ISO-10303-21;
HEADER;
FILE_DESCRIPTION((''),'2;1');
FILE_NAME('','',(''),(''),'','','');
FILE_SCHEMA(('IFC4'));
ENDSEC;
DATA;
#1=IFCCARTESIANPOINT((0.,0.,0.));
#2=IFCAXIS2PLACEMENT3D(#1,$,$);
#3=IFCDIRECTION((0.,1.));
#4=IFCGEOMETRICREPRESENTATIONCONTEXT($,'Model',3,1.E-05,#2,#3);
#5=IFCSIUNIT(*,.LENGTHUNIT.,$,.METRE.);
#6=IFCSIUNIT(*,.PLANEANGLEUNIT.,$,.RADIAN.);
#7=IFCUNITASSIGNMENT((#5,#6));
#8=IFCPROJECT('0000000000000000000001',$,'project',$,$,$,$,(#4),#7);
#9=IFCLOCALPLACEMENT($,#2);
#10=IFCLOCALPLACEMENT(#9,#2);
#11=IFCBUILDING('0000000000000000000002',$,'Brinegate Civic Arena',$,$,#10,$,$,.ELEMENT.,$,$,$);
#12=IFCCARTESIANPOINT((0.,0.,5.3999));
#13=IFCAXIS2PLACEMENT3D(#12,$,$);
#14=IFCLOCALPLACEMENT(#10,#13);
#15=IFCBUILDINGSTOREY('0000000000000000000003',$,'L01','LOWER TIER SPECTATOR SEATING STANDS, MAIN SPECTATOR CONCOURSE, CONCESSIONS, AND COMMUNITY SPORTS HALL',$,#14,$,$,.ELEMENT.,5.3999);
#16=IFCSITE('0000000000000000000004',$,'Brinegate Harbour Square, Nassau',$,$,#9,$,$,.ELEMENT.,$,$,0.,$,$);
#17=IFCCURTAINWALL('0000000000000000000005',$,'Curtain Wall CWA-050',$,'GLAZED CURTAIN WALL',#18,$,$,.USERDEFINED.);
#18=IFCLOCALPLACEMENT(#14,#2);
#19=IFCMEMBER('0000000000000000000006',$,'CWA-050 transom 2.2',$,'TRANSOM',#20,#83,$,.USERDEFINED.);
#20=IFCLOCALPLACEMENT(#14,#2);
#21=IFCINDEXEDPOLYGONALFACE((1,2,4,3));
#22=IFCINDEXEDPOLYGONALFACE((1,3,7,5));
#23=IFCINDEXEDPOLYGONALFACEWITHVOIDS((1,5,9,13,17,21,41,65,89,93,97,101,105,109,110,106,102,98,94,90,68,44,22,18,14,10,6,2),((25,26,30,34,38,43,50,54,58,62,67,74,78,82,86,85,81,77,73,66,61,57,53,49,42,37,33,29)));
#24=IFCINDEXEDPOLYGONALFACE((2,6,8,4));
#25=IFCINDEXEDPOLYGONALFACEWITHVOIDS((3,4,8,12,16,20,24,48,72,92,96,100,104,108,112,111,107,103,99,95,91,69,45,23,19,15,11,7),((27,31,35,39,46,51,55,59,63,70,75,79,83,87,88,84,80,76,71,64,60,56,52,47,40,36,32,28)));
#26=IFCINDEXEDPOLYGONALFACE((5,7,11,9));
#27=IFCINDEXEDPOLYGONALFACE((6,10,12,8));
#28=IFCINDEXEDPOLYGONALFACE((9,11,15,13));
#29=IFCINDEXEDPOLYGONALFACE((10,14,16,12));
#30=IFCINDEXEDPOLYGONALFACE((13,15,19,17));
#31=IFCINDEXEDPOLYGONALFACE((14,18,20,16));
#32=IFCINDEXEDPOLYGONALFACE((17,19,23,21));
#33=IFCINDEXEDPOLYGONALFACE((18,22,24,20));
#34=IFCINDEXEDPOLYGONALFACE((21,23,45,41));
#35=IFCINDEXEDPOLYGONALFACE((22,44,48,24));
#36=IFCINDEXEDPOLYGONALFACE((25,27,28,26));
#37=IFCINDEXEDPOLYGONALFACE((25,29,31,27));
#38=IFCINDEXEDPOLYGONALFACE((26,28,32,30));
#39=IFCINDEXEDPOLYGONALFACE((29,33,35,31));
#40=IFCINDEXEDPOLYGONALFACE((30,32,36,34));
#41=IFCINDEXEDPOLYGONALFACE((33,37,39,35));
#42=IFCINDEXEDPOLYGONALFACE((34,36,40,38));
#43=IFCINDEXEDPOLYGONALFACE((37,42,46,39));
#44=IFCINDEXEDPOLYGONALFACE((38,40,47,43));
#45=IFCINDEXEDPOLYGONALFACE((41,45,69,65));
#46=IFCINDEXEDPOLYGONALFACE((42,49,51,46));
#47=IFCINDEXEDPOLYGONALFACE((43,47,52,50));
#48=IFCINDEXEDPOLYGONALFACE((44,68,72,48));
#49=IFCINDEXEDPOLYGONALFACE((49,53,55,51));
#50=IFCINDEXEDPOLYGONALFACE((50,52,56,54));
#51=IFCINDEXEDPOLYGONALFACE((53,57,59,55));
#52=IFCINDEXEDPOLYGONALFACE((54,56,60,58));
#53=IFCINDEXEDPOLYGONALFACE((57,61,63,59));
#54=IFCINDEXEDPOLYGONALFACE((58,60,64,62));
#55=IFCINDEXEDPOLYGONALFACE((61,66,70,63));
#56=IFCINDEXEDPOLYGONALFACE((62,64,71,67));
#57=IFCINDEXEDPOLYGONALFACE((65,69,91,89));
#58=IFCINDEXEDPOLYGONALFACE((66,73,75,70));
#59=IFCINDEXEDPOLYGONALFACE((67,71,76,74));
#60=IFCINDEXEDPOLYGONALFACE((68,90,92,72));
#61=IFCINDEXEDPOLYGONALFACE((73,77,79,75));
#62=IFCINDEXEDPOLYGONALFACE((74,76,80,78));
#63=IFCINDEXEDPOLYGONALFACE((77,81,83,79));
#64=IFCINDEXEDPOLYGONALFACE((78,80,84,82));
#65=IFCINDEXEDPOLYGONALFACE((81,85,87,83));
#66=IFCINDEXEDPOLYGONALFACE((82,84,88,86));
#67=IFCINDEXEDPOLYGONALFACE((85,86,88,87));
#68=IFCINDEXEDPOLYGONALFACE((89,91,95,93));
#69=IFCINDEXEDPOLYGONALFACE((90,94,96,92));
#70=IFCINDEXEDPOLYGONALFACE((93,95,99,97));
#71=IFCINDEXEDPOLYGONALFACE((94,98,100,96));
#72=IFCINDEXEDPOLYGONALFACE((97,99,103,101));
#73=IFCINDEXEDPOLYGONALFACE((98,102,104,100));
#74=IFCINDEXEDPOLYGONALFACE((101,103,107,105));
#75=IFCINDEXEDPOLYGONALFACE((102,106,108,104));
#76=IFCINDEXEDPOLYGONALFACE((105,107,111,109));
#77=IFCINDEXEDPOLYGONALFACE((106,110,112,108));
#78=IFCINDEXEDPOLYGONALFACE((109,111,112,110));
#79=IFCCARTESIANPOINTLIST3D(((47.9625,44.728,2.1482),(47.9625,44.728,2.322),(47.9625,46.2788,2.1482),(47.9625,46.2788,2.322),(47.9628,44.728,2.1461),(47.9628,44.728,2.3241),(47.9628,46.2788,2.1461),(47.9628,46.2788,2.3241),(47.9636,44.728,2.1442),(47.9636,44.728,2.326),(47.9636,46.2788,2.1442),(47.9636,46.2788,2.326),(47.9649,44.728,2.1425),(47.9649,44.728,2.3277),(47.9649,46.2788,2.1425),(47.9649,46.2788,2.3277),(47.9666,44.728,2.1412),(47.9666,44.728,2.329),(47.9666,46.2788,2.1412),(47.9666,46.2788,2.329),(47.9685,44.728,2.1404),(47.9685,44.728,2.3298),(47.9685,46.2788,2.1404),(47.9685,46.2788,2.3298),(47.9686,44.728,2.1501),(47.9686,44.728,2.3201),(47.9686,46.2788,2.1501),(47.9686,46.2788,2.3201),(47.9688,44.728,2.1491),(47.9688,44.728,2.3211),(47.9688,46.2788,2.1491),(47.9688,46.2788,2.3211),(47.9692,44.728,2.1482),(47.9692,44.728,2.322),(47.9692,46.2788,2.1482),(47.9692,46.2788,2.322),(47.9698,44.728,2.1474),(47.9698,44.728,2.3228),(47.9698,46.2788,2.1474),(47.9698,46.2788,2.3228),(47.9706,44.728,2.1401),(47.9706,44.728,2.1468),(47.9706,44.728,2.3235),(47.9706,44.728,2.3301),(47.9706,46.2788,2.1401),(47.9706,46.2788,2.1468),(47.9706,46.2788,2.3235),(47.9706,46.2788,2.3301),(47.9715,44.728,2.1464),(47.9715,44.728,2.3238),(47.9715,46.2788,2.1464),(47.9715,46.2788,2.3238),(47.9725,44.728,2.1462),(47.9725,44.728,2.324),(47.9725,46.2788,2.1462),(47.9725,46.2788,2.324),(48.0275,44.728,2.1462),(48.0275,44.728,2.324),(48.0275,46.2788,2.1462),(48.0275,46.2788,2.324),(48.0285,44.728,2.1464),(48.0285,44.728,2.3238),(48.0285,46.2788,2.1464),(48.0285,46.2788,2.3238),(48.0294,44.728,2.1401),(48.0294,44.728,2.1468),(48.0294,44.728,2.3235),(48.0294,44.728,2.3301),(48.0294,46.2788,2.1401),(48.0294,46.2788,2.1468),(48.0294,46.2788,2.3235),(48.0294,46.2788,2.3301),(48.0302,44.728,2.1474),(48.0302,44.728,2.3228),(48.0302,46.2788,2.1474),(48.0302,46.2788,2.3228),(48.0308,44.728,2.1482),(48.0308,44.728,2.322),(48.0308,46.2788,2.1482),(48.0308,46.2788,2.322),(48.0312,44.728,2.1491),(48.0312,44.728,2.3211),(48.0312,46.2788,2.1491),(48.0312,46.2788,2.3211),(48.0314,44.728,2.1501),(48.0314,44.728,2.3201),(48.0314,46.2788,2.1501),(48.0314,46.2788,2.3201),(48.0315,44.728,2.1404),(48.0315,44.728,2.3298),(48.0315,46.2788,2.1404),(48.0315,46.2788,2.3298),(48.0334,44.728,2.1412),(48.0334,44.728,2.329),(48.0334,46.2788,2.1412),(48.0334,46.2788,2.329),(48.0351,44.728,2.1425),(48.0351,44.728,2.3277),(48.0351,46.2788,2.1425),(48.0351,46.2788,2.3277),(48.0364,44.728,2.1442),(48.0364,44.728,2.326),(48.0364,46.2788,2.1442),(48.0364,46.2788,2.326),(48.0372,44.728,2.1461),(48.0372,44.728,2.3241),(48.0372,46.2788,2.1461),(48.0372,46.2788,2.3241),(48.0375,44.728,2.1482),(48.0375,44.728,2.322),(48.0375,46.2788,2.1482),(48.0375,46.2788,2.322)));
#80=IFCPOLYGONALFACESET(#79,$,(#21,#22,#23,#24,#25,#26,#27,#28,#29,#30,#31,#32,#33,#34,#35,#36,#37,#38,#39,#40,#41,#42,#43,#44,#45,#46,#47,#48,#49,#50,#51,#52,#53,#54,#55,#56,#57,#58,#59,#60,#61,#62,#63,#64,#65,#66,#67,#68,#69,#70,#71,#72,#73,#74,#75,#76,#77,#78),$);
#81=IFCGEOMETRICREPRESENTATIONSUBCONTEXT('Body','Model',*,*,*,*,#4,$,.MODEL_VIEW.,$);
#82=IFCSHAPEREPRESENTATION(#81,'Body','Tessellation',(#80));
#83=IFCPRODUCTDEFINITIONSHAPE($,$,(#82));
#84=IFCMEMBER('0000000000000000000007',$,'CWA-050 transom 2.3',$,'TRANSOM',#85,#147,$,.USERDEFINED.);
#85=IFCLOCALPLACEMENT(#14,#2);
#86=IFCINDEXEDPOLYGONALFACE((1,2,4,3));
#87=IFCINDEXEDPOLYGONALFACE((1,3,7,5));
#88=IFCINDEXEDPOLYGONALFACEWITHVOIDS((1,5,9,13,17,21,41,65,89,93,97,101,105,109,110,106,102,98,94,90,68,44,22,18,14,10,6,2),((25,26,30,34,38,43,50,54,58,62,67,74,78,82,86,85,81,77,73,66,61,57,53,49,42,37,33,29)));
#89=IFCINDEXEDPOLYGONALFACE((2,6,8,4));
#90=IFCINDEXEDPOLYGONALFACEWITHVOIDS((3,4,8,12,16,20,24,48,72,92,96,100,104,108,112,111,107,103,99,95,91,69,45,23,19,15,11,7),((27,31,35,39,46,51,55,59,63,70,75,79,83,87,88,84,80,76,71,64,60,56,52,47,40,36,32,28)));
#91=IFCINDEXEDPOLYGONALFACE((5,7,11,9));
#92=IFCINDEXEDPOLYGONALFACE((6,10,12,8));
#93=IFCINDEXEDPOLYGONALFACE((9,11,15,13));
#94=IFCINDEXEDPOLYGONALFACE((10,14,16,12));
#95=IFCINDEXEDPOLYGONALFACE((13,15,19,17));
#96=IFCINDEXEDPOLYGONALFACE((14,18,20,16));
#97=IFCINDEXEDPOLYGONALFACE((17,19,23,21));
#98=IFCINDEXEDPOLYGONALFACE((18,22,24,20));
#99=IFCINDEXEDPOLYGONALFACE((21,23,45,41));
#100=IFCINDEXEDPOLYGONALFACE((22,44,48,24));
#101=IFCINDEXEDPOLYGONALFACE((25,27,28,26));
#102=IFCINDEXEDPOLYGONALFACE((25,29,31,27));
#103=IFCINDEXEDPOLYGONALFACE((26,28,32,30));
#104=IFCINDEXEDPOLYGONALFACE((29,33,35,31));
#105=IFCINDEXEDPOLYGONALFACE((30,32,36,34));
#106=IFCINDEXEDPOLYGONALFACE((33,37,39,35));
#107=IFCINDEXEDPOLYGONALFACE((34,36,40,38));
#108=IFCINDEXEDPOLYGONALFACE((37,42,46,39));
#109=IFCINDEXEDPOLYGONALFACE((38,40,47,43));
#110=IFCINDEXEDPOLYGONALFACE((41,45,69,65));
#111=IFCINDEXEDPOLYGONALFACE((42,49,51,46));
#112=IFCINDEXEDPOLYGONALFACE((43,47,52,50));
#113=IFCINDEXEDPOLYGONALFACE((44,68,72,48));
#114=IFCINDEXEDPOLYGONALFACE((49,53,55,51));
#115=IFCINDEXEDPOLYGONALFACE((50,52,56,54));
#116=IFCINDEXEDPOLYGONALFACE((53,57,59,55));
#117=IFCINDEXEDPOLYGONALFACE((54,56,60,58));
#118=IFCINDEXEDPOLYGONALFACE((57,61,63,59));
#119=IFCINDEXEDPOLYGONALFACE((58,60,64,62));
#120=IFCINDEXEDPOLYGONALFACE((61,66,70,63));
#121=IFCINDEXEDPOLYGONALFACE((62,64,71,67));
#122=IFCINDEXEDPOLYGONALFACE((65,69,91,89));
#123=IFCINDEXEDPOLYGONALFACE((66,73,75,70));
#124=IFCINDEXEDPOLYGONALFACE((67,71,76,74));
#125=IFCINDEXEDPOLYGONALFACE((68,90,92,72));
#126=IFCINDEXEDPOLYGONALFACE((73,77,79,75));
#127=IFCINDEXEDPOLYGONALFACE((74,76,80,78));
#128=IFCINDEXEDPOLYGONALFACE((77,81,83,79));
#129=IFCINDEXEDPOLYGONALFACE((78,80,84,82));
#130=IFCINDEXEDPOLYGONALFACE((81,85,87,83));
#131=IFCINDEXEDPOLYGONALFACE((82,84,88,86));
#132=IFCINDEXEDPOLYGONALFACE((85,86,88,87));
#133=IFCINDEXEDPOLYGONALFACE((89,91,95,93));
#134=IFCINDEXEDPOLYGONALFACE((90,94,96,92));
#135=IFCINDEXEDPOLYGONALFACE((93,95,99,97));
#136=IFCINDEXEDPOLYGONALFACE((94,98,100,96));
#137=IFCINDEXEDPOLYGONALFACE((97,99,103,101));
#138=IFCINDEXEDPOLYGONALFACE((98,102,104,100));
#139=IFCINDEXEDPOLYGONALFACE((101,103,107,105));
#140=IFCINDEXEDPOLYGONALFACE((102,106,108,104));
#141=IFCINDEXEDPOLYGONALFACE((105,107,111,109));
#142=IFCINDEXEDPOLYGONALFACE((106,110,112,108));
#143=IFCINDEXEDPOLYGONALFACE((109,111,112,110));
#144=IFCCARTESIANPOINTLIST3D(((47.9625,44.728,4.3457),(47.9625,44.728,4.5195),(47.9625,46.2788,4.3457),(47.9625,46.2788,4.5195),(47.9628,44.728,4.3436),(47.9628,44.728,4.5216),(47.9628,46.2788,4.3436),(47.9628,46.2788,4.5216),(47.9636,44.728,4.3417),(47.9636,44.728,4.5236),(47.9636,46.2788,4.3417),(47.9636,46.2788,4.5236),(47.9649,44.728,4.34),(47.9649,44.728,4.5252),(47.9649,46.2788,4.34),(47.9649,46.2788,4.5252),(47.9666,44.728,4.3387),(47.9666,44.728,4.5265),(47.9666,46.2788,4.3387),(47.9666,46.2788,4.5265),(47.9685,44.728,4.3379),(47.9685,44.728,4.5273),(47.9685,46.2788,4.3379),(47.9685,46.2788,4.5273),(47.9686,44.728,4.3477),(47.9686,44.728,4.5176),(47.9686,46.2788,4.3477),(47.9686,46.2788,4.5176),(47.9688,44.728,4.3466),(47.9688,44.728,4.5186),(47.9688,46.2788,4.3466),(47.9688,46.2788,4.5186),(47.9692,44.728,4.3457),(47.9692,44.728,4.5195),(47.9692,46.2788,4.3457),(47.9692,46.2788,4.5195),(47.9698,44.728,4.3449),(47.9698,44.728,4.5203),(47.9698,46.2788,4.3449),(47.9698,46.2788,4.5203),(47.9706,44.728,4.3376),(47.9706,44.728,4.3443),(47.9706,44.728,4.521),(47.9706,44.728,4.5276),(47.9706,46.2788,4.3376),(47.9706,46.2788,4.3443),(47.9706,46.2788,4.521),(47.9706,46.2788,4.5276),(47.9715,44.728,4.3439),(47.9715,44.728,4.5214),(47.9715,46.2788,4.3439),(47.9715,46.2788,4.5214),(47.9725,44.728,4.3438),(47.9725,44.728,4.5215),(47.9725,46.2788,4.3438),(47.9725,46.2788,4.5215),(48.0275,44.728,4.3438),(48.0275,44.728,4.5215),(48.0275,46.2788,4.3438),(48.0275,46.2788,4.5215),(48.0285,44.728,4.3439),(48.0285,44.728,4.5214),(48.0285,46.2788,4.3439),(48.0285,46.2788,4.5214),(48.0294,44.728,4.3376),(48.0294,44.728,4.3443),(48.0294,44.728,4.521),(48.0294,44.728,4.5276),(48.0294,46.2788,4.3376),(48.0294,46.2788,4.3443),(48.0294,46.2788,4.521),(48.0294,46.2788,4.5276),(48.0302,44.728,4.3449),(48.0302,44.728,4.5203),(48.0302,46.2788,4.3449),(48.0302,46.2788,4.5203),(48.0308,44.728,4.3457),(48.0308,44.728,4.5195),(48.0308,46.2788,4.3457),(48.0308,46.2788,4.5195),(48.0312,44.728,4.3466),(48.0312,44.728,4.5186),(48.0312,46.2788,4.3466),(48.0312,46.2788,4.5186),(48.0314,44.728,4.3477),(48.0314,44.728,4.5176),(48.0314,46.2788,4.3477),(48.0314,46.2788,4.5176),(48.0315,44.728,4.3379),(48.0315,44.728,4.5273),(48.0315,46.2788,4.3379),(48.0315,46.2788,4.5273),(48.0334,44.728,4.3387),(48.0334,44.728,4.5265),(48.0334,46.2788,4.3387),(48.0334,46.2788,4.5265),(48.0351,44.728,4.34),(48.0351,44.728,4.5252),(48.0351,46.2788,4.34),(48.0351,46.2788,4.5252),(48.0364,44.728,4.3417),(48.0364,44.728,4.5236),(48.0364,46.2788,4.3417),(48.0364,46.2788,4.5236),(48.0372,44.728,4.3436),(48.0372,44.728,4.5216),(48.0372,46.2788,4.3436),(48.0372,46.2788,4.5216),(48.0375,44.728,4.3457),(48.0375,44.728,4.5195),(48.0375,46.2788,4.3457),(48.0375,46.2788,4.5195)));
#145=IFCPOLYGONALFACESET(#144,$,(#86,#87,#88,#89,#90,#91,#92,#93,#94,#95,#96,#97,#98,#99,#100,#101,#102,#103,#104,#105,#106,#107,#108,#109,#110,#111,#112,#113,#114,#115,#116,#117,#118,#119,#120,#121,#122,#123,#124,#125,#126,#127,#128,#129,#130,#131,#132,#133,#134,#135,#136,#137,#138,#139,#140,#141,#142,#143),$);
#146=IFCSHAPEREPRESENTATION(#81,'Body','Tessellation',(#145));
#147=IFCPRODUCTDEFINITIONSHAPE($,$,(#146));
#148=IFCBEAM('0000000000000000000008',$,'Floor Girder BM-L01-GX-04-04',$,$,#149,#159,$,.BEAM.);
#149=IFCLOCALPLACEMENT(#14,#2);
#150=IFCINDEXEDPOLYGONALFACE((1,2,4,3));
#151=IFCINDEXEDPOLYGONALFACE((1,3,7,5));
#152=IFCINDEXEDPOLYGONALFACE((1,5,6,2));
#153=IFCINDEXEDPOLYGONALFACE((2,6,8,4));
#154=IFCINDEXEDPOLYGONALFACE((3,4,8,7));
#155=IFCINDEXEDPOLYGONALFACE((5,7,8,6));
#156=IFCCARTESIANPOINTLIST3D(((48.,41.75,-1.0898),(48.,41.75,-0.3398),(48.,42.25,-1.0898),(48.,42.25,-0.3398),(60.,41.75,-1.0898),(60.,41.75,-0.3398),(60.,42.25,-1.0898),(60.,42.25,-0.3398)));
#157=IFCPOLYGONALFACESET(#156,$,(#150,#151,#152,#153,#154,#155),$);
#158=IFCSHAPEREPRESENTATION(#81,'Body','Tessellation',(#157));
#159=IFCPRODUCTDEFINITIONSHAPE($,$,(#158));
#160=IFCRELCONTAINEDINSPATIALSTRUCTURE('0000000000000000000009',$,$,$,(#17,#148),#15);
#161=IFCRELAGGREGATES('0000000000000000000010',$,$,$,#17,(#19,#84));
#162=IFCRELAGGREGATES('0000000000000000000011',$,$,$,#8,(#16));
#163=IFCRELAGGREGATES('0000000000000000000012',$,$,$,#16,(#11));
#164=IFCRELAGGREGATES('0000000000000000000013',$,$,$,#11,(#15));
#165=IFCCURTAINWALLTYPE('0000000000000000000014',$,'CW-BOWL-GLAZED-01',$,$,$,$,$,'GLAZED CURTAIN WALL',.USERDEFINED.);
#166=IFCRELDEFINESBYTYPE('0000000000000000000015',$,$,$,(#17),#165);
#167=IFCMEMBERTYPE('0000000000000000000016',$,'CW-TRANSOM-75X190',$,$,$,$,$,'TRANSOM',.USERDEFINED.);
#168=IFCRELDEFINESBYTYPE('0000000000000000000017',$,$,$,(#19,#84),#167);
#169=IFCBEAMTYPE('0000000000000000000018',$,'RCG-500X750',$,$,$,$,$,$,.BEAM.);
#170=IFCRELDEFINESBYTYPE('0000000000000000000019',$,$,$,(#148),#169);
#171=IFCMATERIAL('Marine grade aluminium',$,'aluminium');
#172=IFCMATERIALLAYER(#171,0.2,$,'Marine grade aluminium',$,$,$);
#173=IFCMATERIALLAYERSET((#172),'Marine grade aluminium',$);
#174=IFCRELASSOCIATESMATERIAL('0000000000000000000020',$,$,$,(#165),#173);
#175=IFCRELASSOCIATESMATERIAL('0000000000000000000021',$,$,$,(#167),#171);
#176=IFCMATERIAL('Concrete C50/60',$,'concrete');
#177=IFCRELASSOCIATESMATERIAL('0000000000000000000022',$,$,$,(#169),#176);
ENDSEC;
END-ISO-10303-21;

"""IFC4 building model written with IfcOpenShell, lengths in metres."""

from ifc_helpers import new_model, si_unit, direction, frame, origin, origin_2d, place, context, subcontext, project, spatial, rectangle, hollow_rectangle, extrude, material, layer, layer_set, material_profile, profile_set, type_object, element, aggregate, save


model = new_model("IFC4")

# Units and contexts
model_context = context("Model", 3, precision=1e-05, world=origin(), true_north=direction((0.0, 1.0)))
body_context = subcontext(model_context, "Body", "Model", "MODEL_VIEW")
ifc_project = project(units=[si_unit("LENGTHUNIT", "METRE"), si_unit("PLANEANGLEUNIT", "RADIAN")], contexts=[model_context])

# Site, building, storey
site_placement = place(None, origin())
site = spatial("IfcSite", under=ifc_project, at=site_placement, Name="Brinegate Harbour Square, Nassau", CompositionType="ELEMENT", RefElevation=0.0)
building_placement = place(site_placement, origin())
building = spatial("IfcBuilding", under=site, at=building_placement, Name="Brinegate Civic Arena", CompositionType="ELEMENT")
storey_placement = place(building_placement, frame((0.0, 0.0, 5.3999)))
storey = spatial("IfcBuildingStorey", under=building, at=storey_placement, Name="L01", Description="LOWER TIER SPECTATOR SEATING STANDS, MAIN SPECTATOR CONCOURSE, CONCESSIONS, AND COMMUNITY SPORTS HALL", CompositionType="ELEMENT", Elevation=5.3999)

# Shared definitions
ifc_material_1 = material(Name="Concrete C50/60", Category="concrete")

# Curtain wall
ifc_material_2 = material(Name="Marine grade aluminium", Category="aluminium")
ifc_layer_1 = layer(ifc_material_2, 0.2, Name="Marine grade aluminium")
ifc_layer_set_1 = layer_set([ifc_layer_1], Name="Marine grade aluminium")
curtain_wall_type = type_object("IfcCurtainWallType", Name="CW-BOWL-GLAZED-01", ElementType="GLAZED CURTAIN WALL", PredefinedType="USERDEFINED", material=ifc_layer_set_1)
curtain_wall_1_placement = place(storey_placement, origin())
curtain_wall_1 = element("IfcCurtainWall", 1, at=curtain_wall_1_placement, inside=storey, type_object=curtain_wall_type, Name="Curtain Wall CWA-050", ObjectType="GLAZED CURTAIN WALL", PredefinedType="USERDEFINED")

# Members
ifc_material_profile_1 = material_profile(ifc_material_2, hollow_rectangle(XDim=0.075, YDim=0.1899, WallThickness=0.0061, InnerFilletRadius=0.0039, OuterFilletRadius=0.0081, at=origin_2d()), Name="TRN75X190")
ifc_profile_set_1 = profile_set([ifc_material_profile_1], Name="Marine grade aluminium")
member_type_1 = type_object("IfcMemberType", Name="CW-TRANSOM-75X190", ElementType="TRANSOM", PredefinedType="USERDEFINED", material=ifc_profile_set_1)
member_1_placement = place(storey_placement, frame((48.0, 44.728, 2.2351), z_axis=(0.0, 1.0, 0.0), x_axis=(-1.0, 0.0, 0.0)))
member_1 = element("IfcMember", 2, at=member_1_placement, type_object=member_type_1, Name="CWA-050 transom 2.2", ObjectType="TRANSOM", PredefinedType="USERDEFINED", context=body_context, shape_type="SweptSolid", body=[
    extrude(hollow_rectangle(XDim=0.075, YDim=0.1899, WallThickness=0.0061, InnerFilletRadius=0.0039, OuterFilletRadius=0.0081, at=origin_2d()), origin(), (0.0, 0.0, 1.0), 1.5508),
])
member_2_placement = place(storey_placement, frame((48.0, 44.728, 4.4326), z_axis=(0.0, 1.0, 0.0), x_axis=(-1.0, 0.0, 0.0)))
member_2 = element("IfcMember", 3, at=member_2_placement, type_object=member_type_1, Name="CWA-050 transom 2.3", ObjectType="TRANSOM", PredefinedType="USERDEFINED", context=body_context, shape_type="SweptSolid", body=[
    extrude(hollow_rectangle(XDim=0.075, YDim=0.1899, WallThickness=0.0061, InnerFilletRadius=0.0039, OuterFilletRadius=0.0081, at=origin_2d()), origin(), (0.0, 0.0, 1.0), 1.5508),
])

# Beam
ifc_material_profile_2 = material_profile(ifc_material_1, rectangle(XDim=0.5, YDim=0.75, at=origin_2d()), Name="RCB500X750")
ifc_profile_set_2 = profile_set([ifc_material_profile_2], Name="Concrete C50/60")
beam_type_1 = type_object("IfcBeamType", Name="RCG-500X750", PredefinedType="BEAM", material=ifc_profile_set_2)
beam_1_placement = place(storey_placement, frame((48.0, 42.0, -0.7148), z_axis=(1.0, 0.0, 0.0), x_axis=(0.0, 1.0, 0.0)))
element("IfcBeam", 4, at=beam_1_placement, inside=storey, type_object=beam_type_1, Name="Floor Girder BM-L01-GX-04-04", PredefinedType="BEAM", context=body_context, shape_type="SweptSolid", body=[
    extrude(rectangle(XDim=0.5, YDim=0.75, at=origin_2d()), origin(), (0.0, 0.0, 1.0), 12.0),
])

aggregate(curtain_wall_1, [member_1, member_2])

save(model, "model.ifc")
